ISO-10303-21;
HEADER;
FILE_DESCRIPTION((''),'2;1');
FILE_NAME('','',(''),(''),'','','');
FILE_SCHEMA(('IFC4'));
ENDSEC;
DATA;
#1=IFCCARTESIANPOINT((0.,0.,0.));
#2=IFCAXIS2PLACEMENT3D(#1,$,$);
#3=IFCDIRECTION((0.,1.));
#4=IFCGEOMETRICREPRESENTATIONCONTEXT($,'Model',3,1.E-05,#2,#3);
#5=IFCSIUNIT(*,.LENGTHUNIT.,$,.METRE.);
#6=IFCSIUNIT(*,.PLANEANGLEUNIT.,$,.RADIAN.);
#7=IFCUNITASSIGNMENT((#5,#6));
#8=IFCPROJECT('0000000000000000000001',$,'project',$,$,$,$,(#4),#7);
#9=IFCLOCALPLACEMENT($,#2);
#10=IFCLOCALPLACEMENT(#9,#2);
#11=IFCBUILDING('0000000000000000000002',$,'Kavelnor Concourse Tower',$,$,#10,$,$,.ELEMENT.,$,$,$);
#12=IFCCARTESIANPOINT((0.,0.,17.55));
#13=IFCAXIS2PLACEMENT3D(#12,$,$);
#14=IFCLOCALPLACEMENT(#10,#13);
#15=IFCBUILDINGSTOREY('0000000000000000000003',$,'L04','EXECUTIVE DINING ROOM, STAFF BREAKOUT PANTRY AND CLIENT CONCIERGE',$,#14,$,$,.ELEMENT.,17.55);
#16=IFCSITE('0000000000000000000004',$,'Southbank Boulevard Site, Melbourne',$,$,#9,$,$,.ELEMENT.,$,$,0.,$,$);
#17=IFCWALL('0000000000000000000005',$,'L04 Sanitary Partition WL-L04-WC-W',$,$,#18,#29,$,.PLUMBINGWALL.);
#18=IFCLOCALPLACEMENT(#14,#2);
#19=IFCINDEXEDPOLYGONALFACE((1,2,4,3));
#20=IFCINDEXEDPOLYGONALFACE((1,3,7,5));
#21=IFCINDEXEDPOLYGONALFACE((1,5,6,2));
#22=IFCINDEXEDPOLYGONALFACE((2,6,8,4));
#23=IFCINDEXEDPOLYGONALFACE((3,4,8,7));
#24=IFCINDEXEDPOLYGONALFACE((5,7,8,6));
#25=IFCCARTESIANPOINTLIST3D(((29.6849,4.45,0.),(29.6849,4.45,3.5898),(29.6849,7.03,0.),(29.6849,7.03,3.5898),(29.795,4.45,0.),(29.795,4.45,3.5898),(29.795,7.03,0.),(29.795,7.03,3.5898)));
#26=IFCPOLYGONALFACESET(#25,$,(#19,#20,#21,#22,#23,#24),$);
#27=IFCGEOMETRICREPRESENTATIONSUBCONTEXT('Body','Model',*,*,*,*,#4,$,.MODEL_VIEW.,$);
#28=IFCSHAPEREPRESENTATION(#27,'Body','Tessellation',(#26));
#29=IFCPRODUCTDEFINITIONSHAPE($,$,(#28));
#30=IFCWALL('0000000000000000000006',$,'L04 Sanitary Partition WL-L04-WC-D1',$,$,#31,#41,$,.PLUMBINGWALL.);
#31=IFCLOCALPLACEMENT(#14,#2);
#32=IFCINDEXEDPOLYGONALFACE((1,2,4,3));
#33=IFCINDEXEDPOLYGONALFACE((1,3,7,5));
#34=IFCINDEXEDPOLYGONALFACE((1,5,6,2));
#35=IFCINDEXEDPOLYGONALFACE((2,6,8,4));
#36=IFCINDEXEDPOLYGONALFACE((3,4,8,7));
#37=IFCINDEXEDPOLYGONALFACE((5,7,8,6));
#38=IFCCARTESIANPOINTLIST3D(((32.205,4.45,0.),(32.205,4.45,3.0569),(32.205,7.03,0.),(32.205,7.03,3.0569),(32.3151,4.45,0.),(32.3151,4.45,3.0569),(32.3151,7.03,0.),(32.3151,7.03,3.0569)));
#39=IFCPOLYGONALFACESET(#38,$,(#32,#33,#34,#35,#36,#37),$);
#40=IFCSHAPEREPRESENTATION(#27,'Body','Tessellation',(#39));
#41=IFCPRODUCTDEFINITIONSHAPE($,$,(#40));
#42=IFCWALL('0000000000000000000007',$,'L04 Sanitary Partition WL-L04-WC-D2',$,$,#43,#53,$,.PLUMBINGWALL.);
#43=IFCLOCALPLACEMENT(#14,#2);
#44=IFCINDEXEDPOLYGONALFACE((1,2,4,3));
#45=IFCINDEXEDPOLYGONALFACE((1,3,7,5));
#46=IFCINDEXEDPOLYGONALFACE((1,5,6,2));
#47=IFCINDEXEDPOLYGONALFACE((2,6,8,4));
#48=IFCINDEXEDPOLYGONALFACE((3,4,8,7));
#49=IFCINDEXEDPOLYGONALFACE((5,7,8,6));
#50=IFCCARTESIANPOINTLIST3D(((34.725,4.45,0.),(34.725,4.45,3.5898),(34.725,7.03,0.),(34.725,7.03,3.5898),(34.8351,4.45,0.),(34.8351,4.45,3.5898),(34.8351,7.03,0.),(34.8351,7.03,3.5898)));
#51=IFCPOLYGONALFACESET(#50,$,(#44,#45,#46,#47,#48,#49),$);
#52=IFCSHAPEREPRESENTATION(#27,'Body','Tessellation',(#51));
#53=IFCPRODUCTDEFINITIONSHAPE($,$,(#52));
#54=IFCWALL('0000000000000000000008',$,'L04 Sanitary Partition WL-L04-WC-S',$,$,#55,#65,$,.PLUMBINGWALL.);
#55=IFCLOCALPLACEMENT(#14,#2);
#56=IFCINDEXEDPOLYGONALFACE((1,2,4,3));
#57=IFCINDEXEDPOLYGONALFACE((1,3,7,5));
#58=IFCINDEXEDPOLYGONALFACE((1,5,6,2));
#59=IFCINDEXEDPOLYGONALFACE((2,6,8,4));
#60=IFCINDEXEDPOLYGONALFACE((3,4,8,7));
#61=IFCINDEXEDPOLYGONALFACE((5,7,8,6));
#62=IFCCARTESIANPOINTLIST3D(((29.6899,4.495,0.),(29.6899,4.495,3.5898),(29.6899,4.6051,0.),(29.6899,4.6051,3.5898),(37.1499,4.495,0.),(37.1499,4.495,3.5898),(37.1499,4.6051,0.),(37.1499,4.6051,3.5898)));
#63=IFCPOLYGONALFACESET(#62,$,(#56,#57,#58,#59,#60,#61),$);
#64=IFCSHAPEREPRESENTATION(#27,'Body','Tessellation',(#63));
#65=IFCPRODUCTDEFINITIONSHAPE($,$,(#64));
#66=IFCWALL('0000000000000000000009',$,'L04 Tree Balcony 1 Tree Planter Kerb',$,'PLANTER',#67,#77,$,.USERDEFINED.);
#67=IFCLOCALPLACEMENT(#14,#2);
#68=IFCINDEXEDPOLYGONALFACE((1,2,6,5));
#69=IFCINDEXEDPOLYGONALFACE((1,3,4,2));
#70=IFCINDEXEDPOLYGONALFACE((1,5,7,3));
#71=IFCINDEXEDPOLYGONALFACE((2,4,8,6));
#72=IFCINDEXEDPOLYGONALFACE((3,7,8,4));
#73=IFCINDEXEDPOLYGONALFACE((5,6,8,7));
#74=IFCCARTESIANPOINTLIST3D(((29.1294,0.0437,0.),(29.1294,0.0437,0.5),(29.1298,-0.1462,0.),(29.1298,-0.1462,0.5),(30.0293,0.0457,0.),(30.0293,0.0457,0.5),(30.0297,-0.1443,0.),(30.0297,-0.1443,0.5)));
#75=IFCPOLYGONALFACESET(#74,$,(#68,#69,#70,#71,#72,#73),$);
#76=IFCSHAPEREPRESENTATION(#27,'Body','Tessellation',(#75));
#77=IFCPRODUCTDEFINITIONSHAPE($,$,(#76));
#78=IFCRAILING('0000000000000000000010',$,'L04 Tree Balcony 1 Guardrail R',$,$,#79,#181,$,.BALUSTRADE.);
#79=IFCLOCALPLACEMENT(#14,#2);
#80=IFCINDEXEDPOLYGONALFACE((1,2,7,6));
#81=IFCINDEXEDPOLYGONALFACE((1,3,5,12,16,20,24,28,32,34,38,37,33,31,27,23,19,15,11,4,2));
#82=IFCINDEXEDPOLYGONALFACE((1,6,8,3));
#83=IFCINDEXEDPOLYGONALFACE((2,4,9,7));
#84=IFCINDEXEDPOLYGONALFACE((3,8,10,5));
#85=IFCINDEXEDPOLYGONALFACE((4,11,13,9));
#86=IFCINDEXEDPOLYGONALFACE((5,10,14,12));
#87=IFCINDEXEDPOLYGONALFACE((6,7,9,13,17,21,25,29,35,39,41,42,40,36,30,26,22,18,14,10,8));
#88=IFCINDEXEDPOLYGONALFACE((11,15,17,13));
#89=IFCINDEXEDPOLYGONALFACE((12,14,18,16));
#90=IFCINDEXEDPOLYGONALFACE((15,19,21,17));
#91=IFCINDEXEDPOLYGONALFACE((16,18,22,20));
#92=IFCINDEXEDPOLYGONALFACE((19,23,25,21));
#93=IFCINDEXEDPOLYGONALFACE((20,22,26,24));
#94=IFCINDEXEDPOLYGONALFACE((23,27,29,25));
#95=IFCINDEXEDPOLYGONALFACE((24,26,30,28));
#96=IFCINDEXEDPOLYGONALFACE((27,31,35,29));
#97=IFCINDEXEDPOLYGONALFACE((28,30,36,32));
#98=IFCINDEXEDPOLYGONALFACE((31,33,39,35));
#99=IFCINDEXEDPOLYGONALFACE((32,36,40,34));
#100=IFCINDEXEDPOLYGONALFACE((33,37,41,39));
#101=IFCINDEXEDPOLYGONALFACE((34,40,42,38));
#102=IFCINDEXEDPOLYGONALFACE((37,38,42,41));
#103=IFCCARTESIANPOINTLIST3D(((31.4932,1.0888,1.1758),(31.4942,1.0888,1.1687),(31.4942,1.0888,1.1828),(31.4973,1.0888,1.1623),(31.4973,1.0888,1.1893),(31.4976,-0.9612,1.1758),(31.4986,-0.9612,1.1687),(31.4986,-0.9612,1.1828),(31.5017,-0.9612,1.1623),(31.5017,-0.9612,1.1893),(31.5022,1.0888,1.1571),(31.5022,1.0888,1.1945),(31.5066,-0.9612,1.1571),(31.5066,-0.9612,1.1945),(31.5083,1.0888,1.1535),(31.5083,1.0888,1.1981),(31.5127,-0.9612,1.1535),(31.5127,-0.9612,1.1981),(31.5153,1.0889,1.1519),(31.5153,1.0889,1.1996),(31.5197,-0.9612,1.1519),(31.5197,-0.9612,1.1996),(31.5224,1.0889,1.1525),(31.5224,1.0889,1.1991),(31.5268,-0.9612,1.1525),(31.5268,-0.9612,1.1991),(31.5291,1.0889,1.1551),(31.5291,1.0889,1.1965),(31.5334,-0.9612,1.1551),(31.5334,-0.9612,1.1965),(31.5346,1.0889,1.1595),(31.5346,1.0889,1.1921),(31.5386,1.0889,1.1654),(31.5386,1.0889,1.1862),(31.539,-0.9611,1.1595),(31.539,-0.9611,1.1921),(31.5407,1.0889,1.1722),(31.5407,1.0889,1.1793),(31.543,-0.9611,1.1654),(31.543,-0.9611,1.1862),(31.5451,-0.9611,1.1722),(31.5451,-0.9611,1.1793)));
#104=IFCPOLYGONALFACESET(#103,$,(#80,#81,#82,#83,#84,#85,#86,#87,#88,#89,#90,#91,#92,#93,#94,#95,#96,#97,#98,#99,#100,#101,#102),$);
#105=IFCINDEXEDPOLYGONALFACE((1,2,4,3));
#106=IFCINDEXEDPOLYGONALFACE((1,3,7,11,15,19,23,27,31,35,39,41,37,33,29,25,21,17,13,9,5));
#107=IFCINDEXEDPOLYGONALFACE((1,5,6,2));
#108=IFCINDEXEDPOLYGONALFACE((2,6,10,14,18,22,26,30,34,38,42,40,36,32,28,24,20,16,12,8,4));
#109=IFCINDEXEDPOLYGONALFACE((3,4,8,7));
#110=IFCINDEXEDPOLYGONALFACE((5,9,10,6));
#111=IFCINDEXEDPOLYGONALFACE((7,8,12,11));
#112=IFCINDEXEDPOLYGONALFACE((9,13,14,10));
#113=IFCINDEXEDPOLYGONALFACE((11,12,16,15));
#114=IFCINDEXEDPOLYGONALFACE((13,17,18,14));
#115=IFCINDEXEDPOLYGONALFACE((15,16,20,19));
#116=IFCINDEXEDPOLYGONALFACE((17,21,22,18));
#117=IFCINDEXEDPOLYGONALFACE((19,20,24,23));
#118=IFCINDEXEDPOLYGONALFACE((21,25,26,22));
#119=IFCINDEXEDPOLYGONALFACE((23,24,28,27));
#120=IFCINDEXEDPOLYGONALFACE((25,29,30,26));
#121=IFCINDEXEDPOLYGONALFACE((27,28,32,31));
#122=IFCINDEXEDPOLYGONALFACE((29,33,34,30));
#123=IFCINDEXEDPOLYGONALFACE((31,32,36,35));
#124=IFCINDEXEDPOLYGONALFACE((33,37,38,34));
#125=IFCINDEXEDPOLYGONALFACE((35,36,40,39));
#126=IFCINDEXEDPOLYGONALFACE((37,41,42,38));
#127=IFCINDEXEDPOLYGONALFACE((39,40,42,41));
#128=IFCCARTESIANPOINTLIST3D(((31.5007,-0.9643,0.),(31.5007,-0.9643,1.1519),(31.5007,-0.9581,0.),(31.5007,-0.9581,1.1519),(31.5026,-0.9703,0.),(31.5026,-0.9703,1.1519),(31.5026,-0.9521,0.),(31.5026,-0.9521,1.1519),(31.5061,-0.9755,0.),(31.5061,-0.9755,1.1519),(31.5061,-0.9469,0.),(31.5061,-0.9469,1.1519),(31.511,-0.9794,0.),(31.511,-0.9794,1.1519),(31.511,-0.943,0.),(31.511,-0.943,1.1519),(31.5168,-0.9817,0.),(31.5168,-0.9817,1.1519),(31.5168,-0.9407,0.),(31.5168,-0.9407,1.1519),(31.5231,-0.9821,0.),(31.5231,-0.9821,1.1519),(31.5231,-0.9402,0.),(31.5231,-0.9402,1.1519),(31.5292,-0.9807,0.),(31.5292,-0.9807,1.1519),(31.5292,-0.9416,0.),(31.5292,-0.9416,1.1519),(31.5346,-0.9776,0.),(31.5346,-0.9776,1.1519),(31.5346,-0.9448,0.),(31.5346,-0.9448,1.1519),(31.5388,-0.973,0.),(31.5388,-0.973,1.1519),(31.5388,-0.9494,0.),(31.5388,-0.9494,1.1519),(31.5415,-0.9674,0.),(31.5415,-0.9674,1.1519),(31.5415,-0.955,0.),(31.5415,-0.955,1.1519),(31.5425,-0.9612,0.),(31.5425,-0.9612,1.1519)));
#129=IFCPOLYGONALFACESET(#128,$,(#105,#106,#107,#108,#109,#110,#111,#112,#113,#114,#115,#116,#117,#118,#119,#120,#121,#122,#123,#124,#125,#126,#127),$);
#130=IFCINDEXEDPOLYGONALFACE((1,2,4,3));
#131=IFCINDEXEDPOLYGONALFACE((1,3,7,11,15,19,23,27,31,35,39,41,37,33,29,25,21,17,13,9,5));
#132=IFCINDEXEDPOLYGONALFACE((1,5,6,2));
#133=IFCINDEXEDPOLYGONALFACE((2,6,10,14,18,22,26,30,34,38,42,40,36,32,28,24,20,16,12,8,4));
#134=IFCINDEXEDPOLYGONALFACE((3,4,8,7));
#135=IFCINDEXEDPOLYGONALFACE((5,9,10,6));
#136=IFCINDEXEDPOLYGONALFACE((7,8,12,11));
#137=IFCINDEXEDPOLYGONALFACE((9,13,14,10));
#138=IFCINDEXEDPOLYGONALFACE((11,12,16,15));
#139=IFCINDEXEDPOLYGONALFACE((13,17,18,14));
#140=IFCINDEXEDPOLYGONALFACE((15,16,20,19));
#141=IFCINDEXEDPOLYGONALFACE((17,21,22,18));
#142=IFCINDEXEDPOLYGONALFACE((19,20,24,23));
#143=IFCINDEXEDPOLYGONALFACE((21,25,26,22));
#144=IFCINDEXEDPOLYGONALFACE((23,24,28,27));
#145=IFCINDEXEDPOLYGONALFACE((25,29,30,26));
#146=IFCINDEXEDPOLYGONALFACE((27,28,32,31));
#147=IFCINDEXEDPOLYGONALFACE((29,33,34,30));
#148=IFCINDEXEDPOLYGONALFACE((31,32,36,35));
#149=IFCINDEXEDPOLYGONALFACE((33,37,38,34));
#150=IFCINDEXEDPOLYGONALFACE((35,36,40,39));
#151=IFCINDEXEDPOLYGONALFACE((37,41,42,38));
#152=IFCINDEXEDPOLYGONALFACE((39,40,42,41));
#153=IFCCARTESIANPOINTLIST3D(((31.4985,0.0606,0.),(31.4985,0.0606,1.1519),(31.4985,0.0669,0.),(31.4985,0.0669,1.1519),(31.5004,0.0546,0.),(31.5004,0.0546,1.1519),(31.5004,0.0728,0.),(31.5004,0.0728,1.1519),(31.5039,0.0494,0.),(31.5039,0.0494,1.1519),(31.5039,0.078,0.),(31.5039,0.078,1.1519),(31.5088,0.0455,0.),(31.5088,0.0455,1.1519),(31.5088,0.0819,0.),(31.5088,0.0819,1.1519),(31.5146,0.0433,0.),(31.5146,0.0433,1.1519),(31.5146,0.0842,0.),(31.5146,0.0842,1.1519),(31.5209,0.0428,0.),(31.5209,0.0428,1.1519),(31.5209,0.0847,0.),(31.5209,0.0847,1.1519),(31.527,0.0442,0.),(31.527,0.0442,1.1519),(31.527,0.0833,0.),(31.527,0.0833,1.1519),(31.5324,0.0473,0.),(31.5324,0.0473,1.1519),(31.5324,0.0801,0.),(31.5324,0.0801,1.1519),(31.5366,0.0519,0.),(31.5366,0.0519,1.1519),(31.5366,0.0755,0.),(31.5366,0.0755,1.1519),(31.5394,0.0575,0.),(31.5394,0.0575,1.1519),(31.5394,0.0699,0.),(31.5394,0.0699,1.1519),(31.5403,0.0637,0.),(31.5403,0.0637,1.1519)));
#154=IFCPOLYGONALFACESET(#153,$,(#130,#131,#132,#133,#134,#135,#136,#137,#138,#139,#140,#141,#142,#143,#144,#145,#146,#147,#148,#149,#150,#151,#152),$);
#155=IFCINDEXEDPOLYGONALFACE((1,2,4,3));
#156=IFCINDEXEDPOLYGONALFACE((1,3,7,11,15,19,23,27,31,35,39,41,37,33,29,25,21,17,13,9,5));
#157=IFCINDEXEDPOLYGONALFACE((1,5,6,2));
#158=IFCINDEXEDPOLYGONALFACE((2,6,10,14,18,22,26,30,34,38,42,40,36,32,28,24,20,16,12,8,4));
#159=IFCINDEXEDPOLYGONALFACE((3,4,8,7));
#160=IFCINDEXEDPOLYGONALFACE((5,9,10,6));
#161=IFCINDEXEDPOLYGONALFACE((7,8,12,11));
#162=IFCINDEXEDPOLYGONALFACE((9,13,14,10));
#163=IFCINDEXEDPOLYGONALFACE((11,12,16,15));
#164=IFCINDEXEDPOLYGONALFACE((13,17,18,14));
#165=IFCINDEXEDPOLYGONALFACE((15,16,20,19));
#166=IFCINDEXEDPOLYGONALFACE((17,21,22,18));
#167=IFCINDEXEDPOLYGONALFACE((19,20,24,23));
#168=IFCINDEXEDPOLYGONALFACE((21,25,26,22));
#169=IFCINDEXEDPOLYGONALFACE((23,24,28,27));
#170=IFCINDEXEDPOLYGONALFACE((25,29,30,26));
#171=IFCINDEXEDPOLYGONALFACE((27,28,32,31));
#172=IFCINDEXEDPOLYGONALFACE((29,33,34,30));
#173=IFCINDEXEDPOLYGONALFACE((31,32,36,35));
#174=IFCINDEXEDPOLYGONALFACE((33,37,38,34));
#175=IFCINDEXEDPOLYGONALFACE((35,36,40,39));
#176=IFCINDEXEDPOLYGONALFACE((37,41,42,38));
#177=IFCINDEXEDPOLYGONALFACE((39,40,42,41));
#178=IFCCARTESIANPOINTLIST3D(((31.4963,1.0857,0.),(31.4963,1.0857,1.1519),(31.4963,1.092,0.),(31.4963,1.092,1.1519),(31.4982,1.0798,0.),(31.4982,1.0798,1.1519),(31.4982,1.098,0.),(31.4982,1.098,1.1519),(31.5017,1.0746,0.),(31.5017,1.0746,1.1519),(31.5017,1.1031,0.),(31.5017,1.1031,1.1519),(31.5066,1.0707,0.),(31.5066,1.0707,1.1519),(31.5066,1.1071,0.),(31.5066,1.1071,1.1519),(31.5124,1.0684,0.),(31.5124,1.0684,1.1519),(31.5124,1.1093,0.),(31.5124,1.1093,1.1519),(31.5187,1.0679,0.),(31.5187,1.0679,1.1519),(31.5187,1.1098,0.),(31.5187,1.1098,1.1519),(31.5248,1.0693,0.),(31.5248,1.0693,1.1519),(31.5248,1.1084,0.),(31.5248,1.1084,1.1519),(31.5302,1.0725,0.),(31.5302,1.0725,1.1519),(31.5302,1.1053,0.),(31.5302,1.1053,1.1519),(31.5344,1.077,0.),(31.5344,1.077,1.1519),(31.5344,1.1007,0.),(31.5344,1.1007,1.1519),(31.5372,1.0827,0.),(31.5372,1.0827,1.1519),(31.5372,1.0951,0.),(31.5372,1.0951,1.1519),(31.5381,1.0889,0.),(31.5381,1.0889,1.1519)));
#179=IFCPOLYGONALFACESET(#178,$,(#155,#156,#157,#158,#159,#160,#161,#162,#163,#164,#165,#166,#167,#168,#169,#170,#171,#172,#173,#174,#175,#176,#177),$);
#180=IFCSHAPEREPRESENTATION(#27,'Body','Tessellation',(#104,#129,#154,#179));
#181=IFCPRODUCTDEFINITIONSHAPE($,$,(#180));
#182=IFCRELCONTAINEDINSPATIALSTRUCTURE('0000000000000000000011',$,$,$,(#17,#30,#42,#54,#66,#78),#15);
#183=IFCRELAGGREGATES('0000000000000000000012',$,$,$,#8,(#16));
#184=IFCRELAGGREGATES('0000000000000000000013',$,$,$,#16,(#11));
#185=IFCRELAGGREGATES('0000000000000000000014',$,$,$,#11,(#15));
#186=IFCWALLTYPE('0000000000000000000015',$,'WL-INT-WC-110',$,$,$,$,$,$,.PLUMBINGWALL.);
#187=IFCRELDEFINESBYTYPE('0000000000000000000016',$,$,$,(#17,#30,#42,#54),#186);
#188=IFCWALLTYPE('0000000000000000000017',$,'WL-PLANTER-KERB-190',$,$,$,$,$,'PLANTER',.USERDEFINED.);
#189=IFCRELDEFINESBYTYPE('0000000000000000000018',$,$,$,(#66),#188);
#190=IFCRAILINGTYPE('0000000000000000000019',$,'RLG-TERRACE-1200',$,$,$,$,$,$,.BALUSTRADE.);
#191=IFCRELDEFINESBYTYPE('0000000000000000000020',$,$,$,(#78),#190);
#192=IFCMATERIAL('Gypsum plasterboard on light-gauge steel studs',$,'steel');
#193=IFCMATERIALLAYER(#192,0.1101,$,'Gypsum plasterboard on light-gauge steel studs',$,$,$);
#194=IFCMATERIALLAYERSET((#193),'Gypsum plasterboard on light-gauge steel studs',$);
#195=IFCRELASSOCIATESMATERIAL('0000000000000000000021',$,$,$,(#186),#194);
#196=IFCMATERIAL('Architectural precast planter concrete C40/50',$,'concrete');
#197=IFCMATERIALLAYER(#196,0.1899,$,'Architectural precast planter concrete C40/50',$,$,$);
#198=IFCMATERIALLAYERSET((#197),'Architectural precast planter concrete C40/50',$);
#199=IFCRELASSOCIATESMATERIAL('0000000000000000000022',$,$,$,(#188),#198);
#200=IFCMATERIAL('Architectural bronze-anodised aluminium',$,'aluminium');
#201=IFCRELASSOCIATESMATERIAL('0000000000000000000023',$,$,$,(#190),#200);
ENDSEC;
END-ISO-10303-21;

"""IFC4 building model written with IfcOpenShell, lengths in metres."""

from ifc_helpers import new_model, si_unit, direction, frame, frame_2d, origin, origin_2d, place, context, subcontext, project, spatial, rectangle, circle, extrude, material, layer, layer_set, type_object, element, save


model = new_model("IFC4")

# Units and contexts
model_context = context("Model", 3, precision=1e-05, world=origin(), true_north=direction((0.0, 1.0)))
body_context = subcontext(model_context, "Body", "Model", "MODEL_VIEW")
ifc_project = project(units=[si_unit("LENGTHUNIT", "METRE"), si_unit("PLANEANGLEUNIT", "RADIAN")], contexts=[model_context])

# Site, building, storey
site_placement = place(None, origin())
site = spatial("IfcSite", under=ifc_project, at=site_placement, Name="Southbank Boulevard Site, Melbourne", CompositionType="ELEMENT", RefElevation=0.0)
building_placement = place(site_placement, origin())
building = spatial("IfcBuilding", under=site, at=building_placement, Name="Kavelnor Concourse Tower", CompositionType="ELEMENT")
storey_placement = place(building_placement, frame((0.0, 0.0, 17.55)))
storey = spatial("IfcBuildingStorey", under=building, at=storey_placement, Name="L04", Description="EXECUTIVE DINING ROOM, STAFF BREAKOUT PANTRY AND CLIENT CONCIERGE", CompositionType="ELEMENT", Elevation=17.55)

# Walls
ifc_material_1 = material(Name="Gypsum plasterboard on light-gauge steel studs", Category="steel")
ifc_layer_1 = layer(ifc_material_1, 0.1101, Name="Gypsum plasterboard on light-gauge steel studs")
ifc_layer_set_1 = layer_set([ifc_layer_1], Name="Gypsum plasterboard on light-gauge steel studs")
wall_type_1 = type_object("IfcWallType", Name="WL-INT-WC-110", PredefinedType="PLUMBINGWALL", material=ifc_layer_set_1)
wall_1_placement = place(storey_placement, frame((29.74, 4.45, 0.0), z_axis=(0.0, 0.0, 1.0), x_axis=(0.0, 1.0, 0.0)))
element("IfcWall", 1, at=wall_1_placement, inside=storey, type_object=wall_type_1, Name="L04 Sanitary Partition WL-L04-WC-W", PredefinedType="PLUMBINGWALL", context=body_context, shape_type="SweptSolid", body=[
    extrude(rectangle(XDim=2.5801, YDim=0.1101, at=frame_2d((1.29, 0.0))), origin(), (0.0, 0.0, 1.0), 3.5898),
])
wall_2_placement = place(storey_placement, frame((32.26, 4.45, 0.0), z_axis=(0.0, 0.0, 1.0), x_axis=(0.0, 1.0, 0.0)))
element("IfcWall", 2, at=wall_2_placement, inside=storey, type_object=wall_type_1, Name="L04 Sanitary Partition WL-L04-WC-D1", PredefinedType="PLUMBINGWALL", context=body_context, shape_type="SweptSolid", body=[
    extrude(rectangle(XDim=2.5801, YDim=0.1101, at=frame_2d((1.29, 0.0))), origin(), (0.0, 0.0, 1.0), 3.0569),
])
wall_3_placement = place(storey_placement, frame((34.78, 4.45, 0.0), z_axis=(0.0, 0.0, 1.0), x_axis=(0.0, 1.0, 0.0)))
element("IfcWall", 3, at=wall_3_placement, inside=storey, type_object=wall_type_1, Name="L04 Sanitary Partition WL-L04-WC-D2", PredefinedType="PLUMBINGWALL", context=body_context, shape_type="SweptSolid", body=[
    extrude(rectangle(XDim=2.5801, YDim=0.1101, at=frame_2d((1.29, 0.0))), origin(), (0.0, 0.0, 1.0), 3.5898),
])
wall_4_placement = place(storey_placement, frame((29.6899, 4.55, 0.0), z_axis=(0.0, 0.0, 1.0), x_axis=(1.0, 0.0, 0.0)))
element("IfcWall", 4, at=wall_4_placement, inside=storey, type_object=wall_type_1, Name="L04 Sanitary Partition WL-L04-WC-S", PredefinedType="PLUMBINGWALL", context=body_context, shape_type="SweptSolid", body=[
    extrude(rectangle(XDim=7.46, YDim=0.1101, at=frame_2d((3.73, 0.0))), origin(), (0.0, 0.0, 1.0), 3.5898),
])
ifc_material_2 = material(Name="Architectural precast planter concrete C40/50", Category="concrete")
ifc_layer_2 = layer(ifc_material_2, 0.1899, Name="Architectural precast planter concrete C40/50")
ifc_layer_set_2 = layer_set([ifc_layer_2], Name="Architectural precast planter concrete C40/50")
wall_type_2 = type_object("IfcWallType", Name="WL-PLANTER-KERB-190", ElementType="PLANTER", PredefinedType="USERDEFINED", material=ifc_layer_set_2)
wall_5_placement = place(storey_placement, frame((29.1296, -0.0513, 0.0), z_axis=(0.0, 0.0, 1.0), x_axis=(0.999998, 0.00217, 0.0)))
element("IfcWall", 5, at=wall_5_placement, inside=storey, type_object=wall_type_2, Name="L04 Tree Balcony 1 Tree Planter Kerb", ObjectType="PLANTER", PredefinedType="USERDEFINED", context=body_context, shape_type="SweptSolid", body=[
    extrude(rectangle(XDim=0.8999, YDim=0.1899, at=frame_2d((0.45, 0.0))), origin(), (0.0, 0.0, 1.0), 0.5),
])

# Railing
ifc_material_3 = material(Name="Architectural bronze-anodised aluminium", Category="aluminium")
railing_type = type_object("IfcRailingType", Name="RLG-TERRACE-1200", PredefinedType="BALUSTRADE", material=ifc_material_3)
railing_placement = place(storey_placement, frame((31.5215, -0.9612, 0.0)))
element("IfcRailing", 6, at=railing_placement, inside=storey, type_object=railing_type, Name="L04 Tree Balcony 1 Guardrail R", PredefinedType="BALUSTRADE", context=body_context, shape_type="SweptSolid", body=[
    extrude(circle(Radius=0.0239, at=origin_2d()), frame((0.0, 0.0, 1.1758), z_axis=(-0.002144, 0.999998, 0.0), x_axis=(-0.999998, -0.002144, 0.0)), (0.0, 0.0, 1.0), 2.05),
    extrude(circle(Radius=0.021, at=origin_2d()), origin(), (0.0, 0.0, 1.0), 1.1519),
    extrude(circle(Radius=0.021, at=origin_2d()), frame((-0.0022, 1.0249, 0.0)), (0.0, 0.0, 1.0), 1.1519),
    extrude(circle(Radius=0.021, at=origin_2d()), frame((-0.0044, 2.05, 0.0)), (0.0, 0.0, 1.0), 1.1519),
])

save(model, "model.ifc")
